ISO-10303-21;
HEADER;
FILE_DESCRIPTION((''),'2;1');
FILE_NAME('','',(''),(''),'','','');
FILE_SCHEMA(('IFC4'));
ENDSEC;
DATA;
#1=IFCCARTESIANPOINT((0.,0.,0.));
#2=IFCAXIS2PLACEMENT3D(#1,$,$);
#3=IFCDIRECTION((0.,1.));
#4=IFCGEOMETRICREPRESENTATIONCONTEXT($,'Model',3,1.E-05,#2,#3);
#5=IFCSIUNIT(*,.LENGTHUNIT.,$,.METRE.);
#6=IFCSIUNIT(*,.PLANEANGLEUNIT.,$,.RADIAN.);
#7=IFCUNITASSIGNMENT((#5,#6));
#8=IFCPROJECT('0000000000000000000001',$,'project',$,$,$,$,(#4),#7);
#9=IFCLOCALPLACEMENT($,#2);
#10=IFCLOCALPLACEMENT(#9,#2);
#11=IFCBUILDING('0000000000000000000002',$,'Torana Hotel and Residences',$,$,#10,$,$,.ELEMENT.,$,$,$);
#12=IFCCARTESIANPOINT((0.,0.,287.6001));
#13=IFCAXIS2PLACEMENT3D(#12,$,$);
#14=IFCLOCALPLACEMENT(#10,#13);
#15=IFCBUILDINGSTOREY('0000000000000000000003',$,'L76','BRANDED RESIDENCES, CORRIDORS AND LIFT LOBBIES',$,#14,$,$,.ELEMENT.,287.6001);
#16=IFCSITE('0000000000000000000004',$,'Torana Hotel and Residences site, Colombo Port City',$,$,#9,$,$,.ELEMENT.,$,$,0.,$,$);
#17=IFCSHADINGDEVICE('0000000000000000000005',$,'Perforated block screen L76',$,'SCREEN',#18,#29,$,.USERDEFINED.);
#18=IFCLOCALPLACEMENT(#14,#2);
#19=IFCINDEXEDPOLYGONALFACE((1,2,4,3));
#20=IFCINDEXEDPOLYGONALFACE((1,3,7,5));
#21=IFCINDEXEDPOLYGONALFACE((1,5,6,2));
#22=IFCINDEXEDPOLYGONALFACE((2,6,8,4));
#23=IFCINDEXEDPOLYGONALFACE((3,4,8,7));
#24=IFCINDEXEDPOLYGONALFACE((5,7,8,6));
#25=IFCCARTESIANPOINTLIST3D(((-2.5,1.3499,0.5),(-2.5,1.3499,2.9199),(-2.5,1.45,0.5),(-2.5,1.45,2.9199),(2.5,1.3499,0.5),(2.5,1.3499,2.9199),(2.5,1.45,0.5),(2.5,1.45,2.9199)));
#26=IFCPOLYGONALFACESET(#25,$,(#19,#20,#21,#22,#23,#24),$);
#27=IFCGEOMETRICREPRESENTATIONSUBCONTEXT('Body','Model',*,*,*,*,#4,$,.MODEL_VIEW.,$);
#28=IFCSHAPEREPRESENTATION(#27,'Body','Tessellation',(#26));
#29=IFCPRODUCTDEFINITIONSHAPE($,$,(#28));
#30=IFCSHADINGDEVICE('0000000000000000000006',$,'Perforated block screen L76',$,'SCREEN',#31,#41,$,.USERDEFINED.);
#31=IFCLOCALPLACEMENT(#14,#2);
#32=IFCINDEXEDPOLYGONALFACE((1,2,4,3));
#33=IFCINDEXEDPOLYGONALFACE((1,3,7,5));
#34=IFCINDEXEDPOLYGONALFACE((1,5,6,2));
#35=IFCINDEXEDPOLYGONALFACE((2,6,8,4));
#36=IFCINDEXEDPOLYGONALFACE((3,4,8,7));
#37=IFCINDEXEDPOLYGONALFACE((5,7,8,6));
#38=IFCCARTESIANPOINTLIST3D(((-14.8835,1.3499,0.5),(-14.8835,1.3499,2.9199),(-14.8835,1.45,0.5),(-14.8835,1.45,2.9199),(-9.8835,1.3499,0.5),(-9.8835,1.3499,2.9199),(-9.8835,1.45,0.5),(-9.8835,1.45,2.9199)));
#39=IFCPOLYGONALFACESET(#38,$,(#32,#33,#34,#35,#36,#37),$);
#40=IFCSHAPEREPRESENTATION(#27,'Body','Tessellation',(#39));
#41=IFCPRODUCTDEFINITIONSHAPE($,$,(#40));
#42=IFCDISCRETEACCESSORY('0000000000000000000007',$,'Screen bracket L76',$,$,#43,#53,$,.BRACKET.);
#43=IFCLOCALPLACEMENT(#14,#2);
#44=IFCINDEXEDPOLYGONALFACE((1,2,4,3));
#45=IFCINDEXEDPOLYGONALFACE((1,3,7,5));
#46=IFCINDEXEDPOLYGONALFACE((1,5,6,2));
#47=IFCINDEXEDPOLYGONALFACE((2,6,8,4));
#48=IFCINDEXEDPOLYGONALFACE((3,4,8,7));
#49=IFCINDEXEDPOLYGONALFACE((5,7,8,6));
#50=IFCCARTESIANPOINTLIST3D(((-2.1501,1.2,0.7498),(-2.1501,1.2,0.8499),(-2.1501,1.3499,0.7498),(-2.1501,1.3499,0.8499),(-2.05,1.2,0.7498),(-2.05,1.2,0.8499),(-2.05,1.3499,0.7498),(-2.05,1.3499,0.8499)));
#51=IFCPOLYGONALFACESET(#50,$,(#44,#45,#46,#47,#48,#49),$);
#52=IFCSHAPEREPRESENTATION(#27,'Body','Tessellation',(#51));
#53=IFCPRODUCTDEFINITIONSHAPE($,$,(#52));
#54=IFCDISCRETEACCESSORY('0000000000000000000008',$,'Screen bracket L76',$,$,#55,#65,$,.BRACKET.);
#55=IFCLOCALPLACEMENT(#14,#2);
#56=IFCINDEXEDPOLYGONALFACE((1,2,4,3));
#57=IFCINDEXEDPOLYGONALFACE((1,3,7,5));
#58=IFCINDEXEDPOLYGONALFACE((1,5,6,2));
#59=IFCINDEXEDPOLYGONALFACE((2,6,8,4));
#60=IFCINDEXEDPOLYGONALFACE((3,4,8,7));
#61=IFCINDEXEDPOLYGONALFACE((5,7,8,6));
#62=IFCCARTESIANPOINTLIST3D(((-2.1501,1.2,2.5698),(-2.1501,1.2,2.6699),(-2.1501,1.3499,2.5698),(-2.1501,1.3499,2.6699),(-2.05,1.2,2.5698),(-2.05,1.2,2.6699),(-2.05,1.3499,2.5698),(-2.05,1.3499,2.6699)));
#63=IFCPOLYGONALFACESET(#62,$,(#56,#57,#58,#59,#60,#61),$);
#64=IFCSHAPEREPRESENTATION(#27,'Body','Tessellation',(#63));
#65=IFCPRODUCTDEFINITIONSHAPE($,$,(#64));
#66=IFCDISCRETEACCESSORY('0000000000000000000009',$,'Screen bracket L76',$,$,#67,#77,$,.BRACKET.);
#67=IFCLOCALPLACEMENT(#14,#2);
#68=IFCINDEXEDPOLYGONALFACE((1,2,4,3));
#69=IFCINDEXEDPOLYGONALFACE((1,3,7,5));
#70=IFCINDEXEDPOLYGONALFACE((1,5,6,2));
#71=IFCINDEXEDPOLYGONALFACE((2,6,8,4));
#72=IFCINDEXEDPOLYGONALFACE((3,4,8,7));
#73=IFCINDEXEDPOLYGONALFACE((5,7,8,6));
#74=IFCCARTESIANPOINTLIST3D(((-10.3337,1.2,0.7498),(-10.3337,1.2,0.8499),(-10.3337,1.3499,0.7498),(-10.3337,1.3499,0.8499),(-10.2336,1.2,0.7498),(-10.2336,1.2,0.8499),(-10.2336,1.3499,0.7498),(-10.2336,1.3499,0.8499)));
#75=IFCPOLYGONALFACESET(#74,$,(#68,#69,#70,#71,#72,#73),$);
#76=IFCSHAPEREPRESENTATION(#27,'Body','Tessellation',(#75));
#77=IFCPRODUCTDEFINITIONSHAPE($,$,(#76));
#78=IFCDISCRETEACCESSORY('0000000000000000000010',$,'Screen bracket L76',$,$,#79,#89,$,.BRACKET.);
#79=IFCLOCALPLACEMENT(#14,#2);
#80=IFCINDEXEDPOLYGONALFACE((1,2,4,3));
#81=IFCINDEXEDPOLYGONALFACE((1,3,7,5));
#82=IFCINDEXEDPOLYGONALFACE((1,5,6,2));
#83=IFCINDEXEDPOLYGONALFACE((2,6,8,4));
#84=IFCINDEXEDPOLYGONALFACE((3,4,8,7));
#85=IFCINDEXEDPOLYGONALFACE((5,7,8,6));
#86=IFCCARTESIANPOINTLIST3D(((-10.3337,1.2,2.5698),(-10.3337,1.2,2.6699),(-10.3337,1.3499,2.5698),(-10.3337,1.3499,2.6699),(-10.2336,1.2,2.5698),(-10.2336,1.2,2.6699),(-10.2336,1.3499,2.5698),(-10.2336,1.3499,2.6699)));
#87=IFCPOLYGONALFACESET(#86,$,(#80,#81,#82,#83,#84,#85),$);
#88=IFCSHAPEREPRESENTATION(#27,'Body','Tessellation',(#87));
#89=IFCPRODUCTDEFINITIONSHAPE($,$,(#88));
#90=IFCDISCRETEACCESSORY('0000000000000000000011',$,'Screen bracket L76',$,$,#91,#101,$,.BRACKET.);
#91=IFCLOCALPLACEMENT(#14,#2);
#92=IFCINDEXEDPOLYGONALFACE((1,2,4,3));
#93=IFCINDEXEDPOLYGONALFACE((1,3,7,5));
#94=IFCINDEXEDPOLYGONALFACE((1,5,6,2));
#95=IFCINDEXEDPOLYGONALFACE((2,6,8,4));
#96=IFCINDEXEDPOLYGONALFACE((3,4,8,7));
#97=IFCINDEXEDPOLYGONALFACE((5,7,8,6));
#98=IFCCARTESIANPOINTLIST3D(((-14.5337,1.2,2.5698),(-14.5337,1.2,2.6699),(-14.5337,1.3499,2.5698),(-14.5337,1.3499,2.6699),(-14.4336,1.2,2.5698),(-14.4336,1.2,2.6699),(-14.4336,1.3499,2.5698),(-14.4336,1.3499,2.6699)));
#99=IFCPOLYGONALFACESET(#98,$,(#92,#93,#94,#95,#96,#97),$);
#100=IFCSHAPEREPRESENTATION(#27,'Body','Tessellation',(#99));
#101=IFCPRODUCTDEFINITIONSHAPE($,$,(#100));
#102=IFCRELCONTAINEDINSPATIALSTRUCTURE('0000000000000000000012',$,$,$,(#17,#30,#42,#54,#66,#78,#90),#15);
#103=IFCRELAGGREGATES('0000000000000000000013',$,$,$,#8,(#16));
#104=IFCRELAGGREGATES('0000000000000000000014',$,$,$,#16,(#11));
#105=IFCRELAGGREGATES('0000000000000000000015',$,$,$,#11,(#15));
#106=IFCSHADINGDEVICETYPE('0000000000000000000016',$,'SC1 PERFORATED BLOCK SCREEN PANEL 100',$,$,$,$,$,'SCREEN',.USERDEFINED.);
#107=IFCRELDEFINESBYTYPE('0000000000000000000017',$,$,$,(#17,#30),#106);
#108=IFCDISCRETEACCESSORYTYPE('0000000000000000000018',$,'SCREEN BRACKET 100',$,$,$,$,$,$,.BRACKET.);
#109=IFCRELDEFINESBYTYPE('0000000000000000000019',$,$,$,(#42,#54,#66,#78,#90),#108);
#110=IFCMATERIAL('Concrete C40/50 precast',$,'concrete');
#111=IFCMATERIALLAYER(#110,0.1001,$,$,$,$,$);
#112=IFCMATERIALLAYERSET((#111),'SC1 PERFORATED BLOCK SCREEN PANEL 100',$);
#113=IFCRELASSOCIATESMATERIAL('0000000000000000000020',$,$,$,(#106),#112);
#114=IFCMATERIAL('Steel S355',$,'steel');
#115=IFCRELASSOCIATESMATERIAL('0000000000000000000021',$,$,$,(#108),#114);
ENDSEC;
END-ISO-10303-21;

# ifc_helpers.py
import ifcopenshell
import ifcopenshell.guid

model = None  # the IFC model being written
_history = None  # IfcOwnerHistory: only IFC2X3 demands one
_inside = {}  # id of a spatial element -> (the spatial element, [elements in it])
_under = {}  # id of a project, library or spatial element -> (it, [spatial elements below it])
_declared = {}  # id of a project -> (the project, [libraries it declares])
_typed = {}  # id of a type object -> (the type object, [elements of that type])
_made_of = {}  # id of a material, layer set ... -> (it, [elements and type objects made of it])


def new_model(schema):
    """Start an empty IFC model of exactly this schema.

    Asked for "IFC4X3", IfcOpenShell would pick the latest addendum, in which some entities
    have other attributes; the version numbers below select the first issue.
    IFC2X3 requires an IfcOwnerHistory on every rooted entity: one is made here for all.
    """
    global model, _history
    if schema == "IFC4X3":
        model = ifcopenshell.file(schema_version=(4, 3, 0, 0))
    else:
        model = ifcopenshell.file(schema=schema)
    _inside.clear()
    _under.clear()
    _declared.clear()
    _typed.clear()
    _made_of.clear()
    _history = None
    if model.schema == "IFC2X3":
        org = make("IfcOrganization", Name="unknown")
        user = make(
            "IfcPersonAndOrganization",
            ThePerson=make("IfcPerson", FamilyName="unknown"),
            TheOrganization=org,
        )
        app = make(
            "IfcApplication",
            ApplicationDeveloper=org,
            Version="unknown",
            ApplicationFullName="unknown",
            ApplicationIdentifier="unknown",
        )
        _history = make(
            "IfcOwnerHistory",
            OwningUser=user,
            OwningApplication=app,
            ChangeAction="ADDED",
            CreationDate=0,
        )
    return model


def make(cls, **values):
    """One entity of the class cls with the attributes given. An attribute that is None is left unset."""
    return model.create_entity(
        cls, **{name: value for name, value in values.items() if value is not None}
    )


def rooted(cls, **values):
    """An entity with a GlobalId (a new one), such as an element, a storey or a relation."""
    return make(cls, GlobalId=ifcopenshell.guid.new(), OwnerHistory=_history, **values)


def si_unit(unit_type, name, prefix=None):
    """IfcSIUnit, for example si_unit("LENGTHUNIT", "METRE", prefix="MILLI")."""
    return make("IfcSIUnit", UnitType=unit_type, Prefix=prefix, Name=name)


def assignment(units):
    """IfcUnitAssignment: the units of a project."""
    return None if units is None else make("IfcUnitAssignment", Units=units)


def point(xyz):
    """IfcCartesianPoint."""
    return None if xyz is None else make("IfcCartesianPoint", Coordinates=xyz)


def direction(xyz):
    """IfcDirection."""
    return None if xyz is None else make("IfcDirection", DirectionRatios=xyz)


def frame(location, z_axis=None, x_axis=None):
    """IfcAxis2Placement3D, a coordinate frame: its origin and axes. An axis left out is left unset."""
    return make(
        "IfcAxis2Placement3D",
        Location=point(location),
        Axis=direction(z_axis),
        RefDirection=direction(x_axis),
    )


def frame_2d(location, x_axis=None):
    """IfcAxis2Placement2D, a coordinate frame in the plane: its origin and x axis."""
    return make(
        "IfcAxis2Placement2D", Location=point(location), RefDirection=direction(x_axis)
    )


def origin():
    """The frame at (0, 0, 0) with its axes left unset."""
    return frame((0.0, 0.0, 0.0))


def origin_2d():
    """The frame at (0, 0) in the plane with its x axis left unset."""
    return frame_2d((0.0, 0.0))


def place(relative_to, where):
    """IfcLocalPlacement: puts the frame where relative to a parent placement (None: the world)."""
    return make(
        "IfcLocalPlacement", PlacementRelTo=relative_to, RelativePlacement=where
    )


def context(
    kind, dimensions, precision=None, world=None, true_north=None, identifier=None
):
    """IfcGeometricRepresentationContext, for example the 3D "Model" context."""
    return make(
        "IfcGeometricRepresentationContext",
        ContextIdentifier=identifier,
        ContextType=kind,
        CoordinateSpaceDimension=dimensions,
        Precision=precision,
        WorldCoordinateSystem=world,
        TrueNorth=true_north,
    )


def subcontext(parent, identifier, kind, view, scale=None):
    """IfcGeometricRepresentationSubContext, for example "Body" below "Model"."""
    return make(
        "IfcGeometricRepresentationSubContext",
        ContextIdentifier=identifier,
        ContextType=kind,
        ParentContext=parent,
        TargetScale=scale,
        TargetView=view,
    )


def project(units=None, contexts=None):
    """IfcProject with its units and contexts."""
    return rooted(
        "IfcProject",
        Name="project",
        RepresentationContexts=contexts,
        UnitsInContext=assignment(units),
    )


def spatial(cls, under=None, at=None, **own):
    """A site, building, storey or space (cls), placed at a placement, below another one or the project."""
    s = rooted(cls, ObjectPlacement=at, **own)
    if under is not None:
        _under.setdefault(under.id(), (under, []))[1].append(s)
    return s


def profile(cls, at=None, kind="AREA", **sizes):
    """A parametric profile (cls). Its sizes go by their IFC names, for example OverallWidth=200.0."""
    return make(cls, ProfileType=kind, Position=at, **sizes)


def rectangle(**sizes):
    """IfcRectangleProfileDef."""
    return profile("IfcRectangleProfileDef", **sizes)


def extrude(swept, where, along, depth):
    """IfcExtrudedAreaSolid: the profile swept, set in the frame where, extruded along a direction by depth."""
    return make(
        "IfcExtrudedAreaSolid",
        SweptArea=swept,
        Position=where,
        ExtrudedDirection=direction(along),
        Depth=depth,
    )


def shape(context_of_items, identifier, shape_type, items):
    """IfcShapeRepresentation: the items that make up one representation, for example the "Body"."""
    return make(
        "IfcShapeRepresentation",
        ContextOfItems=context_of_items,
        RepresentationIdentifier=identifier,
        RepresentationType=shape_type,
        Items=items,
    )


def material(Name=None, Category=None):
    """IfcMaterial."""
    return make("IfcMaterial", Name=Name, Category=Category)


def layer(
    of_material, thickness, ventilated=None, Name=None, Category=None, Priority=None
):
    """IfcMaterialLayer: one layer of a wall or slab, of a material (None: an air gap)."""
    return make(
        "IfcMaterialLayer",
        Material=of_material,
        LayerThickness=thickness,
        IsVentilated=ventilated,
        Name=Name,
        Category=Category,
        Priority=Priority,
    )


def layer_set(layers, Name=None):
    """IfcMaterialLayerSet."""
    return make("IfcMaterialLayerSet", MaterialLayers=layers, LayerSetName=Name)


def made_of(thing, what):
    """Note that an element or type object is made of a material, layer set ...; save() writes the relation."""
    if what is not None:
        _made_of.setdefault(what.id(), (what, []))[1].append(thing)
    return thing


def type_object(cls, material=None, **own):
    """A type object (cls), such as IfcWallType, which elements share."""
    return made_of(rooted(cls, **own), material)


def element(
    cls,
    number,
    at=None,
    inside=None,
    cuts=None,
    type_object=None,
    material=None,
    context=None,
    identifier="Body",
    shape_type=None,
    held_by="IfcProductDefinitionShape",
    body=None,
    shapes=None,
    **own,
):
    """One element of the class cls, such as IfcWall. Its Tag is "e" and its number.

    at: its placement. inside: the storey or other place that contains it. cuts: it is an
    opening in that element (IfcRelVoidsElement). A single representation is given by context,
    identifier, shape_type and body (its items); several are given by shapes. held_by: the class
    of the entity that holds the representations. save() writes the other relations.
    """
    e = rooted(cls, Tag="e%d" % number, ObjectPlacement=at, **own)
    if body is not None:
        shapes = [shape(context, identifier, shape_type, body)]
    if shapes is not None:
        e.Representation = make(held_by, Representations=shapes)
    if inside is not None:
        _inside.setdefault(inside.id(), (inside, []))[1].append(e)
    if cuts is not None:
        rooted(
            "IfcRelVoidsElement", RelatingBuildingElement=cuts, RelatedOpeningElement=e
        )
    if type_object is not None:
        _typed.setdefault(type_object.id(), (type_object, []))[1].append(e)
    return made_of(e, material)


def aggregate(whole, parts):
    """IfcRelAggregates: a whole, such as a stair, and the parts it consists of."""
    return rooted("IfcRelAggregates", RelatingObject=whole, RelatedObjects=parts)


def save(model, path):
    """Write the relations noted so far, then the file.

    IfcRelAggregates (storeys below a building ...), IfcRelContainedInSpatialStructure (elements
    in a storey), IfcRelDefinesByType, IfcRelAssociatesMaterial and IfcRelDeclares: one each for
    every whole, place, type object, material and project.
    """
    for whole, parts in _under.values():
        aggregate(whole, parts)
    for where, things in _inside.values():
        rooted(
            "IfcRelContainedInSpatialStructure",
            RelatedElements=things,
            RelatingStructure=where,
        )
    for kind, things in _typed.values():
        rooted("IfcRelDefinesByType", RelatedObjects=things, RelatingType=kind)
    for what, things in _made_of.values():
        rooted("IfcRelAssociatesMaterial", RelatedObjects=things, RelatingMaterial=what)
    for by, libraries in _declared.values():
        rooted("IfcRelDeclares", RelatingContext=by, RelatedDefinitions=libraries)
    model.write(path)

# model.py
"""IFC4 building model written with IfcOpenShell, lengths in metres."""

from ifc_helpers import new_model, si_unit, direction, frame, origin, origin_2d, place, context, subcontext, project, spatial, rectangle, extrude, material, layer, layer_set, type_object, element, save


model = new_model("IFC4")

# Units and contexts
model_context = context("Model", 3, precision=1e-05, world=origin(), true_north=direction((0.0, 1.0)))
body_context = subcontext(model_context, "Body", "Model", "MODEL_VIEW")
ifc_project = project(units=[si_unit("LENGTHUNIT", "METRE"), si_unit("PLANEANGLEUNIT", "RADIAN")], contexts=[model_context])

# Site, building, storey
site_placement = place(None, origin())
site = spatial("IfcSite", under=ifc_project, at=site_placement, Name="Torana Hotel and Residences site, Colombo Port City", CompositionType="ELEMENT", RefElevation=0.0)
building_placement = place(site_placement, origin())
building = spatial("IfcBuilding", under=site, at=building_placement, Name="Torana Hotel and Residences", CompositionType="ELEMENT")
storey_placement = place(building_placement, frame((0.0, 0.0, 287.6001)))
storey = spatial("IfcBuildingStorey", under=building, at=storey_placement, Name="L76", Description="BRANDED RESIDENCES, CORRIDORS AND LIFT LOBBIES", CompositionType="ELEMENT", Elevation=287.6001)

# Shading devices
ifc_material_1 = material(Name="Concrete C40/50 precast", Category="concrete")
ifc_layer_1 = layer(ifc_material_1, 0.1001)
ifc_layer_set_1 = layer_set([ifc_layer_1], Name="SC1 PERFORATED BLOCK SCREEN PANEL 100")
shading_device_type = type_object("IfcShadingDeviceType", Name="SC1 PERFORATED BLOCK SCREEN PANEL 100", ElementType="SCREEN", PredefinedType="USERDEFINED", material=ifc_layer_set_1)
for number, where, z_axis, x_axis, name in (
    (1, (0.0, 1.3999, 0.5), (0.0, 0.0, 1.0), (-1.0, 0.0, 0.0), "Perforated block screen L76"),
    (2, (-12.3835, 1.3999, 0.5), (0.0, 0.0, 1.0), (-1.0, 0.0, 0.0), "Perforated block screen L76"),
):
    element("IfcShadingDevice", number, at=place(storey_placement, frame(where, z_axis=z_axis, x_axis=x_axis)), inside=storey, type_object=shading_device_type, Name=name, ObjectType="SCREEN", PredefinedType="USERDEFINED", context=body_context, shape_type="SweptSolid", body=[
        extrude(rectangle(XDim=5.0, YDim=0.1001, at=origin_2d()), origin(), (0.0, 0.0, 1.0), 2.4199),
    ])

# Discrete accessories
ifc_material_2 = material(Name="Steel S355", Category="steel")
discrete_accessory_type = type_object("IfcDiscreteAccessoryType", Name="SCREEN BRACKET 100", PredefinedType="BRACKET", material=ifc_material_2)
for number, where, z_axis, x_axis, name in (
    (3, (-2.1001, 1.2749, 0.7498), (0.0, 0.0, 1.0), (-1.0, 0.0, 0.0), "Screen bracket L76"),
    (4, (-2.1001, 1.2749, 2.5698), (0.0, 0.0, 1.0), (-1.0, 0.0, 0.0), "Screen bracket L76"),
    (5, (-10.2837, 1.2749, 0.7498), (0.0, 0.0, 1.0), (-1.0, 0.0, 0.0), "Screen bracket L76"),
    (6, (-10.2837, 1.2749, 2.5698), (0.0, 0.0, 1.0), (-1.0, 0.0, 0.0), "Screen bracket L76"),
    (7, (-14.4836, 1.2749, 2.5698), (0.0, 0.0, 1.0), (-1.0, 0.0, 0.0), "Screen bracket L76"),
):
    element("IfcDiscreteAccessory", number, at=place(storey_placement, frame(where, z_axis=z_axis, x_axis=x_axis)), inside=storey, type_object=discrete_accessory_type, Name=name, PredefinedType="BRACKET", context=body_context, shape_type="SweptSolid", body=[
        extrude(rectangle(XDim=0.1001, YDim=0.1499, at=origin_2d()), origin(), (0.0, 0.0, 1.0), 0.1001),
    ])

save(model, "model.ifc")
